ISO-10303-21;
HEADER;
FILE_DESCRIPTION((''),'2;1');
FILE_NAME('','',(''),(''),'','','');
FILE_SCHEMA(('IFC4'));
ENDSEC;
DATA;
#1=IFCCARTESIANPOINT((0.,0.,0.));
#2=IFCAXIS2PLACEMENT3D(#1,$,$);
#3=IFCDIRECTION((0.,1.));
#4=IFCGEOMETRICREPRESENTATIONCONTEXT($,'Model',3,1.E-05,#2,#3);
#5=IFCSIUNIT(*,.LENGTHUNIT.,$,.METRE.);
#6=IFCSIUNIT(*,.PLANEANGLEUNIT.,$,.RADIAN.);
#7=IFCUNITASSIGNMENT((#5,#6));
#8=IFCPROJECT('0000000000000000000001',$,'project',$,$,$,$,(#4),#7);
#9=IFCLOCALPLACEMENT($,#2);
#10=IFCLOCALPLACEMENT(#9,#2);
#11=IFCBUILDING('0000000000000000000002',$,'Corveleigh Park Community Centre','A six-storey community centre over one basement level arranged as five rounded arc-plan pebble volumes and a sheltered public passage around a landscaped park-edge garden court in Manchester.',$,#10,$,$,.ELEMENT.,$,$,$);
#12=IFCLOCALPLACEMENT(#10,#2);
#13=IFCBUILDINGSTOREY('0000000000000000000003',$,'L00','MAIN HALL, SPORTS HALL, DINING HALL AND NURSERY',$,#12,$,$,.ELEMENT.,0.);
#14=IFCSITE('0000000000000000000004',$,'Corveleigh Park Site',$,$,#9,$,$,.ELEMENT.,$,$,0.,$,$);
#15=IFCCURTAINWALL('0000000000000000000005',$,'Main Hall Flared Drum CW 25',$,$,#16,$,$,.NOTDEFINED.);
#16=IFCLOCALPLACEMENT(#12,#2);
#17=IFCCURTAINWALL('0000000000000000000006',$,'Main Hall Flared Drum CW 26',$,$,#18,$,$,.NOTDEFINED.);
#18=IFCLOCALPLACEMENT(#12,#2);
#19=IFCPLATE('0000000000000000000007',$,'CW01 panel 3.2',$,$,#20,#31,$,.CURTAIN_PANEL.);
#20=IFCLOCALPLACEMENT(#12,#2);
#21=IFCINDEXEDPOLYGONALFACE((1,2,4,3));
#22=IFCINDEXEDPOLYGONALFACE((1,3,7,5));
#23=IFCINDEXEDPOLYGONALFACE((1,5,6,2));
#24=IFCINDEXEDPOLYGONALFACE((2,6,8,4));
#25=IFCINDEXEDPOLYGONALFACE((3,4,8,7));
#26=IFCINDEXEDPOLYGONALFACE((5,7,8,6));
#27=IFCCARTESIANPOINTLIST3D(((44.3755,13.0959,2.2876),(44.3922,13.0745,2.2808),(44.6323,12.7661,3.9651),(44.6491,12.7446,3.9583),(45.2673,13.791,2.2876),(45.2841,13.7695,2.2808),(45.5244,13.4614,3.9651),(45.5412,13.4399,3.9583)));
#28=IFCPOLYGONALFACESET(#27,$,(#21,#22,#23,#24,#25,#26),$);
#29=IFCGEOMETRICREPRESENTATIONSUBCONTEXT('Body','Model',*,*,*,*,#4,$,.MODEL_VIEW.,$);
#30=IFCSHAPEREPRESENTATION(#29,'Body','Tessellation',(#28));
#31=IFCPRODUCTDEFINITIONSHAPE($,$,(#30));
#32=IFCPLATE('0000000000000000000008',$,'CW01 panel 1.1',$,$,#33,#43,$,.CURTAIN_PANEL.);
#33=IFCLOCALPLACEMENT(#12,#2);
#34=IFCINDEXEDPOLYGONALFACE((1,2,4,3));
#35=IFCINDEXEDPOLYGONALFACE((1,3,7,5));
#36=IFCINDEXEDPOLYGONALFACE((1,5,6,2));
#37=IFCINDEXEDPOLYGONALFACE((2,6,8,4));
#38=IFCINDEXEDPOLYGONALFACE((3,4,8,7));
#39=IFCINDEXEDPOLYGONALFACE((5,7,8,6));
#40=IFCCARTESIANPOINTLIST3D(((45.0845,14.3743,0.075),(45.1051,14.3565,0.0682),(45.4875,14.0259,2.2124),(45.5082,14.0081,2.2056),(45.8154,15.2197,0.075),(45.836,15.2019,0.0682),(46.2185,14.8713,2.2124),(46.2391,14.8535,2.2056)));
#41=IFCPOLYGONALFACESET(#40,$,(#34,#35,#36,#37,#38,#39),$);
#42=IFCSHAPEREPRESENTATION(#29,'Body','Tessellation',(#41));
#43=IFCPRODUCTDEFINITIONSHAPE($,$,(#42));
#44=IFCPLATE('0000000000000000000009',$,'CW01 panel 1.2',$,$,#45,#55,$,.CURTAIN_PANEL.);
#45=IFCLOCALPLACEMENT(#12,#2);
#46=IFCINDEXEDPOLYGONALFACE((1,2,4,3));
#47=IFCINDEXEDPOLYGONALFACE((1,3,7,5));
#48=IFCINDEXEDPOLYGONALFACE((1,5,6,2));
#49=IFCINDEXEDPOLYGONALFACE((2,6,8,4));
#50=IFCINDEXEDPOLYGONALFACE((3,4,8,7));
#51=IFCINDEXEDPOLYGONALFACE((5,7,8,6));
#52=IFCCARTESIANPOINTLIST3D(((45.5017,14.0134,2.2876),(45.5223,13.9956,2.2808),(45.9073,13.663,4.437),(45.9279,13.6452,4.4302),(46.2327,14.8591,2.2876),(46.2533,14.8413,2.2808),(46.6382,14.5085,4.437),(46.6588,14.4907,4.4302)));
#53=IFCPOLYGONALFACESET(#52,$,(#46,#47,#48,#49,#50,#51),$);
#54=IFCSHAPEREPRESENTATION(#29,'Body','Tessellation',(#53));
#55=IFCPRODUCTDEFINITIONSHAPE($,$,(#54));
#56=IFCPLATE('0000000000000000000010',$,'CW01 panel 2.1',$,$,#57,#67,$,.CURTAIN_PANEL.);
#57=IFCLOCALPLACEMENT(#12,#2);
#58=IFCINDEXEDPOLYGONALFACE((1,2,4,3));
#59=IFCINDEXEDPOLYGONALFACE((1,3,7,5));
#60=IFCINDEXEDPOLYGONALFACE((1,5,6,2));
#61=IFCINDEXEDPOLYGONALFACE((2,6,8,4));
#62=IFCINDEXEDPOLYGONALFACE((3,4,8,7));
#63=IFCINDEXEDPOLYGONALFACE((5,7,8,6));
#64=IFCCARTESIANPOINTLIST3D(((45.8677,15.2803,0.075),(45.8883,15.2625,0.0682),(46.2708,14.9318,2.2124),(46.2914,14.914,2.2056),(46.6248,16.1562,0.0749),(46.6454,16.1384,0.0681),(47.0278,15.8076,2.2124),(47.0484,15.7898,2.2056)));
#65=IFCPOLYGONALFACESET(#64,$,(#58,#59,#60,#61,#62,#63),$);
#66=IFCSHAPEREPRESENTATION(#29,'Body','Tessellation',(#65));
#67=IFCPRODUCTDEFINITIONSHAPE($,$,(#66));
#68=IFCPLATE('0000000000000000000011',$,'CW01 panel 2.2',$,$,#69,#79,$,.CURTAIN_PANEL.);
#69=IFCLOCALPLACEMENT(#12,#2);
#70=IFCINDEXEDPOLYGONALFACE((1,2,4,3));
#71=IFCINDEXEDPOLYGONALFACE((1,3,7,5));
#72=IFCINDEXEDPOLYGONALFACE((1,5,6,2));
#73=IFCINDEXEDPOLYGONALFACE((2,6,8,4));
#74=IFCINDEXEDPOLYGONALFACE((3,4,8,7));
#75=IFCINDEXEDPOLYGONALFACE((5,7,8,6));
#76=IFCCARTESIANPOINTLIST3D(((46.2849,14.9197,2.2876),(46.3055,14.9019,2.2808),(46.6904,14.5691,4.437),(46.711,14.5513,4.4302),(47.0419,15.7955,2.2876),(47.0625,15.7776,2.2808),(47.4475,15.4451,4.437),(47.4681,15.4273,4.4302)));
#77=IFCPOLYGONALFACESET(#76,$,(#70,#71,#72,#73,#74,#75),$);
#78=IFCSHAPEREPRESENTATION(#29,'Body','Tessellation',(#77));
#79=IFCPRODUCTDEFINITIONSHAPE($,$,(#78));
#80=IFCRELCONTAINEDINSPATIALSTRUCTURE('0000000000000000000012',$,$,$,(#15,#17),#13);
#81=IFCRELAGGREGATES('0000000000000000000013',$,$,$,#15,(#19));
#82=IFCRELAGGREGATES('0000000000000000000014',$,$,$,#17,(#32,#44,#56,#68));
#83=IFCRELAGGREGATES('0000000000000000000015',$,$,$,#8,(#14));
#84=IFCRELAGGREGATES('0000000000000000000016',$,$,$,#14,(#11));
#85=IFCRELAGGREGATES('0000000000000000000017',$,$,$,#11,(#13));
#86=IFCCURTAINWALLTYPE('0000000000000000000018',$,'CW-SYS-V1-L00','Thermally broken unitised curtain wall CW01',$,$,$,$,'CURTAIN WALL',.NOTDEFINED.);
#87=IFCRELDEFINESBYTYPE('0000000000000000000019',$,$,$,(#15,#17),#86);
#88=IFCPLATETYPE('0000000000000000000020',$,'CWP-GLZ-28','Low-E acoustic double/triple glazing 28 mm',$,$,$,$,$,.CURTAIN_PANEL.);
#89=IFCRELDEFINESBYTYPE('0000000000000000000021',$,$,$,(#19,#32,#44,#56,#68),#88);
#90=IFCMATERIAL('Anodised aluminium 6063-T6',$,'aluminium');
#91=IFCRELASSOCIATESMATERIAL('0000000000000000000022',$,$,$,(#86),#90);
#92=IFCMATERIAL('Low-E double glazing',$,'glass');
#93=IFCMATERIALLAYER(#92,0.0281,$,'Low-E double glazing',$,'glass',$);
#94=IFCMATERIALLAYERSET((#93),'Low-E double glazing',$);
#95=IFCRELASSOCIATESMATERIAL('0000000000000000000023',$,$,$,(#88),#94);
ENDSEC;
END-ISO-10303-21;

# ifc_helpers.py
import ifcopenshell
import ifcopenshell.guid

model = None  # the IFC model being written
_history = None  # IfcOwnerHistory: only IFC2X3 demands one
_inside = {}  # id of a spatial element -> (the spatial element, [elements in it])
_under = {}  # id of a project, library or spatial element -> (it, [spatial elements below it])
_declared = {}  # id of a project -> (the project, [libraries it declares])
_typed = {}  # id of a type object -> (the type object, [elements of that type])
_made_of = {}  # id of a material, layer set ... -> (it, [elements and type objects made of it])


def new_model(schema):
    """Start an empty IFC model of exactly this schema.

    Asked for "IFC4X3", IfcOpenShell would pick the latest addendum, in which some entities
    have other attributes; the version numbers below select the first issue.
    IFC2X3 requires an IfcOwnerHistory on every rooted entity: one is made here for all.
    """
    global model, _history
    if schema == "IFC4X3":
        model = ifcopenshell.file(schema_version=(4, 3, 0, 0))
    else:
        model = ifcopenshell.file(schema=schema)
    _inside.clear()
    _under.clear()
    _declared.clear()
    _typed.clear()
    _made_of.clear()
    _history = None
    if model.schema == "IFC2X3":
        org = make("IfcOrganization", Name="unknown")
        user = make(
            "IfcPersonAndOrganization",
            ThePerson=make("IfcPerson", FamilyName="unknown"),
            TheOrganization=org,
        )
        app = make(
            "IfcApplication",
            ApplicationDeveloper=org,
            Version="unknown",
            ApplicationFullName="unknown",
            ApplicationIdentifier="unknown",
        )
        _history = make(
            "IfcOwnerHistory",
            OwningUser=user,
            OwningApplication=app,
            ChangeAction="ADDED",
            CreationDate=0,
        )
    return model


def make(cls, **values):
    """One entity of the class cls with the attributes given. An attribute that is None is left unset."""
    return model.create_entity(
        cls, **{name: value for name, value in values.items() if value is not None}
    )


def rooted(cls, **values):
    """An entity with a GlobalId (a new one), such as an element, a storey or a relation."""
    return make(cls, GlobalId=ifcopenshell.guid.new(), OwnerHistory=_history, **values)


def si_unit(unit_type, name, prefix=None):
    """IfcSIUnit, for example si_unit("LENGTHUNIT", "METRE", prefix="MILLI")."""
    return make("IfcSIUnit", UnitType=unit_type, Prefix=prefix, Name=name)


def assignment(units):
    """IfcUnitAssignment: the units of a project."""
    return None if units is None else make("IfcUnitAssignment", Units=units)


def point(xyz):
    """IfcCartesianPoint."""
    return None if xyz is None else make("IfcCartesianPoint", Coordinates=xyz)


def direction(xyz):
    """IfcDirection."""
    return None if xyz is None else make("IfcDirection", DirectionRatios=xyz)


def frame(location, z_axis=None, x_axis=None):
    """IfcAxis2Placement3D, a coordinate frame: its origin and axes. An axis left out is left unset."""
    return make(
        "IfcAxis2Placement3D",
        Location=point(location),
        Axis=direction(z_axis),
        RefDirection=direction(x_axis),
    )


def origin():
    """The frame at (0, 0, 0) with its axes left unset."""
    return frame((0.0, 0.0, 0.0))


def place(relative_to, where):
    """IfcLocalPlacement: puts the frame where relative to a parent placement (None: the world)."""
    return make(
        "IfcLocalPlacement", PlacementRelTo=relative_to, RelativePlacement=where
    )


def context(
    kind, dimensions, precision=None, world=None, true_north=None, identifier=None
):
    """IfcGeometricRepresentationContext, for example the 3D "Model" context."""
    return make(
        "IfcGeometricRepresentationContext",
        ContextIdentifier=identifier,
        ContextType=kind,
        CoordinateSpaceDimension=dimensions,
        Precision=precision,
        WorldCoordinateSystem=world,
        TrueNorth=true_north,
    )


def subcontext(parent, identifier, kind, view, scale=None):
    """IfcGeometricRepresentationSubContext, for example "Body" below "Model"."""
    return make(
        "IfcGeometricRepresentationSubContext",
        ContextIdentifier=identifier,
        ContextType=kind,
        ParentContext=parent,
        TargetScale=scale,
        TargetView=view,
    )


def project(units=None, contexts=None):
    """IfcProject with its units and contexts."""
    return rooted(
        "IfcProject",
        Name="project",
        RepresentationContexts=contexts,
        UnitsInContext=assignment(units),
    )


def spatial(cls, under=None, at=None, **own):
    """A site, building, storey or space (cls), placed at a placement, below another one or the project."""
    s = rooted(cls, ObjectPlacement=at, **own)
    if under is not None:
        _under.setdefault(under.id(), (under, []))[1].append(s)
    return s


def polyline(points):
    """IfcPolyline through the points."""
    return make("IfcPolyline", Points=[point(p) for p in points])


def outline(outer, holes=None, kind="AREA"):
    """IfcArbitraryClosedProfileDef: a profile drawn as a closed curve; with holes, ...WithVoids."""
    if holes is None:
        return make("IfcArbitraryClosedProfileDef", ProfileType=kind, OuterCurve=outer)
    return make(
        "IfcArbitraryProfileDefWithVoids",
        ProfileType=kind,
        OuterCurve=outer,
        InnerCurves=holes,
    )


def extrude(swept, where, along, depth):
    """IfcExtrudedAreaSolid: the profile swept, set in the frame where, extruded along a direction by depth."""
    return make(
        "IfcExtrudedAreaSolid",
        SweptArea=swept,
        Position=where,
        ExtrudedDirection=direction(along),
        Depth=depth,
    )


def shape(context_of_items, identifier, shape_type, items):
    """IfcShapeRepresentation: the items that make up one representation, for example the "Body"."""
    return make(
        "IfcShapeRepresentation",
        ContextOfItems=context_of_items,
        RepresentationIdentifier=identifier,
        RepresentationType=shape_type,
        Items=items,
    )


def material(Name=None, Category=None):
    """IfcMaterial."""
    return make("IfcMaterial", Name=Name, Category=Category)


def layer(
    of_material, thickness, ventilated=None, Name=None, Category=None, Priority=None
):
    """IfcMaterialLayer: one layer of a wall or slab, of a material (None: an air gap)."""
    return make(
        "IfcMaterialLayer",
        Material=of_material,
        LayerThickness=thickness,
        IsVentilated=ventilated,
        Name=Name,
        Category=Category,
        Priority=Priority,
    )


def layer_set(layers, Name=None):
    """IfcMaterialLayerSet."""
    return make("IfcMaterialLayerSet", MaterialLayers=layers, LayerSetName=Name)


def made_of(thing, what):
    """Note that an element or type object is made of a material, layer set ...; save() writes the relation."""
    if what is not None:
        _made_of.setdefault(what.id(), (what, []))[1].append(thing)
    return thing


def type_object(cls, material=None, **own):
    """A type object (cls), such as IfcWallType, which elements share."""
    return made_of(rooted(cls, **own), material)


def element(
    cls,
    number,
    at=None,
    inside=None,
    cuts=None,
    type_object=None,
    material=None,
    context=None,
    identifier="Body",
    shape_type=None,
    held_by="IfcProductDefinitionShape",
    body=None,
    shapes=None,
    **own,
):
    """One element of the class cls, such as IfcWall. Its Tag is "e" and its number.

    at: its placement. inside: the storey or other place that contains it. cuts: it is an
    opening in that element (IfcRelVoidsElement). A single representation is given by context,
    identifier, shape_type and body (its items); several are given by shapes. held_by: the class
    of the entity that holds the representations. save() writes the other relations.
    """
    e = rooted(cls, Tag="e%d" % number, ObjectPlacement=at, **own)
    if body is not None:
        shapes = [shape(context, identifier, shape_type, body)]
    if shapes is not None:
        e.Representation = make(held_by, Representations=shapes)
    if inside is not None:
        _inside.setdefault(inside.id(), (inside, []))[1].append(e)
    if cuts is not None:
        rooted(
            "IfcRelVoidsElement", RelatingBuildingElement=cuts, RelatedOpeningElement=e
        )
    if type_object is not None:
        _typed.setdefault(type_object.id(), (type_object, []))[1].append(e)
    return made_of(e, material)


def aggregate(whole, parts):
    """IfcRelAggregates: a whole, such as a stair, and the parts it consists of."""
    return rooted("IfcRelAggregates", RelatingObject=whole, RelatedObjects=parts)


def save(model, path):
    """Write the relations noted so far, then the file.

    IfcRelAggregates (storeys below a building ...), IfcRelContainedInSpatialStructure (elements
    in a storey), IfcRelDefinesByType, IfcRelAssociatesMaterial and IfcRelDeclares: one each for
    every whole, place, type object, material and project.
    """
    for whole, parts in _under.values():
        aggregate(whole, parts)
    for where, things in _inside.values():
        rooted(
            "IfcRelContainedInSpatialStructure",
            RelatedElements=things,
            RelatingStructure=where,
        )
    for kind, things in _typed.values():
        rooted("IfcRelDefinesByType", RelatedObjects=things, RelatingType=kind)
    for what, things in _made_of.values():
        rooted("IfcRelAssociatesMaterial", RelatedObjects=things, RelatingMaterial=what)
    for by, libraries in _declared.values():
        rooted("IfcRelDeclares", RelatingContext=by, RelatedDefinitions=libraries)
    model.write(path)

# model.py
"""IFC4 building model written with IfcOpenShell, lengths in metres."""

from ifc_helpers import new_model, si_unit, direction, frame, origin, place, context, subcontext, project, spatial, polyline, outline, extrude, material, layer, layer_set, type_object, element, aggregate, save


model = new_model("IFC4")

# Units and contexts
model_context = context("Model", 3, precision=1e-05, world=origin(), true_north=direction((0.0, 1.0)))
body_context = subcontext(model_context, "Body", "Model", "MODEL_VIEW")
ifc_project = project(units=[si_unit("LENGTHUNIT", "METRE"), si_unit("PLANEANGLEUNIT", "RADIAN")], contexts=[model_context])

# Site, building, storey
site_placement = place(None, origin())
site = spatial("IfcSite", under=ifc_project, at=site_placement, Name="Corveleigh Park Site", CompositionType="ELEMENT", RefElevation=0.0)
building_placement = place(site_placement, origin())
building = spatial("IfcBuilding", under=site, at=building_placement, Name="Corveleigh Park Community Centre", Description="A six-storey community centre over one basement level arranged as five rounded arc-plan pebble volumes and a sheltered public passage around a landscaped park-edge garden court in Manchester.", CompositionType="ELEMENT")
storey_placement = place(building_placement, origin())
storey = spatial("IfcBuildingStorey", under=building, at=storey_placement, Name="L00", Description="MAIN HALL, SPORTS HALL, DINING HALL AND NURSERY", CompositionType="ELEMENT", Elevation=0.0)

# Shared definitions
ifc_material_1 = material(Name="Anodised aluminium 6063-T6", Category="aluminium")
curtain_wall_type = type_object("IfcCurtainWallType", Name="CW-SYS-V1-L00", Description="Thermally broken unitised curtain wall CW01", ElementType="CURTAIN WALL", PredefinedType="NOTDEFINED", material=ifc_material_1)

# Curtain walls
curtain_wall_1_placement = place(storey_placement, origin())
curtain_wall_1 = element("IfcCurtainWall", 1, at=curtain_wall_1_placement, inside=storey, type_object=curtain_wall_type, Name="Main Hall Flared Drum CW 25", PredefinedType="NOTDEFINED")
curtain_wall_2_placement = place(storey_placement, origin())
curtain_wall_2 = element("IfcCurtainWall", 2, at=curtain_wall_2_placement, inside=storey, type_object=curtain_wall_type, Name="Main Hall Flared Drum CW 26", PredefinedType="NOTDEFINED")

# Plates
ifc_material_2 = material(Name="Low-E double glazing", Category="glass")
ifc_layer = layer(ifc_material_2, 0.0281, Name="Low-E double glazing", Category="glass")
ifc_layer_set = layer_set([ifc_layer], Name="Low-E double glazing")
plate_type = type_object("IfcPlateType", Name="CWP-GLZ-28", Description="Low-E acoustic double/triple glazing 28 mm", PredefinedType="CURTAIN_PANEL", material=ifc_layer_set)
plate_1_placement = place(storey_placement, frame((44.3755, 13.0959, 2.2876), z_axis=(-0.596491, 0.765331, 0.241797), x_axis=(0.788736, 0.614732, 0.000004)))
plate_1 = element("IfcPlate", 3, at=plate_1_placement, type_object=plate_type, Name="CW01 panel 3.2", PredefinedType="CURTAIN_PANEL", context=body_context, shape_type="SweptSolid", body=[
    extrude(outline(polyline([(0.0, 0.0), (1.1307, 0.0), (1.1309, -1.7288), (-0.0002, -1.7288), (0.0, 0.0)])), origin(), (0.0, 0.0, -1.0), 0.0281),
])
aggregate(curtain_wall_1, [plate_1])
plate_2_placement = place(storey_placement, frame((45.0845, 14.3743, 0.075), z_axis=(-0.734016, 0.634607, 0.241856), x_axis=(0.654024, 0.756474, 0.0)))
plate_2 = element("IfcPlate", 4, at=plate_2_placement, type_object=plate_type, Name="CW01 panel 1.1", PredefinedType="CURTAIN_PANEL", context=body_context, shape_type="SweptSolid", body=[
    extrude(outline(polyline([(0.0, 0.0), (1.1176, 0.0), (1.1177, -2.2028), (0.0001, -2.2028), (0.0, 0.0)])), origin(), (0.0, 0.0, -1.0), 0.0281),
])
plate_3_placement = place(storey_placement, frame((45.5017, 14.0134, 2.2876), z_axis=(-0.734044, 0.634539, 0.24195), x_axis=(0.653966, 0.756524, -0.000017)))
plate_3 = element("IfcPlate", 5, at=plate_3_placement, type_object=plate_type, Name="CW01 panel 1.2", PredefinedType="CURTAIN_PANEL", context=body_context, shape_type="SweptSolid", body=[
    extrude(outline(polyline([(0.0, 0.0), (1.1178, 0.0), (1.1177, -2.2153), (0.0001, -2.2152), (0.0, 0.0)])), origin(), (0.0, 0.0, -1.0), 0.0281),
])
plate_4_placement = place(storey_placement, frame((45.8677, 15.2803, 0.075), z_axis=(-0.734074, 0.634527, 0.24189), x_axis=(0.653943, 0.756543, -0.000016)))
plate_4 = element("IfcPlate", 6, at=plate_4_placement, type_object=plate_type, Name="CW01 panel 2.1", PredefinedType="CURTAIN_PANEL", context=body_context, shape_type="SweptSolid", body=[
    extrude(outline(polyline([(0.0, 0.0), (1.1578, 0.0), (1.1576, -2.2029), (0.0, -2.2028), (0.0, 0.0)])), origin(), (0.0, 0.0, -1.0), 0.0281),
])
plate_5_placement = place(storey_placement, frame((46.2849, 14.9197, 2.2876), z_axis=(-0.734063, 0.634517, 0.24195), x_axis=(0.65395, 0.756538, 0.000016)))
plate_5 = element("IfcPlate", 7, at=plate_5_placement, type_object=plate_type, Name="CW01 panel 2.2", PredefinedType="CURTAIN_PANEL", context=body_context, shape_type="SweptSolid", body=[
    extrude(outline(polyline([(0.0, 0.0), (1.1576, 0.0), (1.1578, -2.2152), (0.0, -2.2153), (0.0, 0.0)])), origin(), (0.0, 0.0, -1.0), 0.0281),
])
aggregate(curtain_wall_2, [plate_2, plate_3, plate_4, plate_5])

save(model, "model.ifc")
